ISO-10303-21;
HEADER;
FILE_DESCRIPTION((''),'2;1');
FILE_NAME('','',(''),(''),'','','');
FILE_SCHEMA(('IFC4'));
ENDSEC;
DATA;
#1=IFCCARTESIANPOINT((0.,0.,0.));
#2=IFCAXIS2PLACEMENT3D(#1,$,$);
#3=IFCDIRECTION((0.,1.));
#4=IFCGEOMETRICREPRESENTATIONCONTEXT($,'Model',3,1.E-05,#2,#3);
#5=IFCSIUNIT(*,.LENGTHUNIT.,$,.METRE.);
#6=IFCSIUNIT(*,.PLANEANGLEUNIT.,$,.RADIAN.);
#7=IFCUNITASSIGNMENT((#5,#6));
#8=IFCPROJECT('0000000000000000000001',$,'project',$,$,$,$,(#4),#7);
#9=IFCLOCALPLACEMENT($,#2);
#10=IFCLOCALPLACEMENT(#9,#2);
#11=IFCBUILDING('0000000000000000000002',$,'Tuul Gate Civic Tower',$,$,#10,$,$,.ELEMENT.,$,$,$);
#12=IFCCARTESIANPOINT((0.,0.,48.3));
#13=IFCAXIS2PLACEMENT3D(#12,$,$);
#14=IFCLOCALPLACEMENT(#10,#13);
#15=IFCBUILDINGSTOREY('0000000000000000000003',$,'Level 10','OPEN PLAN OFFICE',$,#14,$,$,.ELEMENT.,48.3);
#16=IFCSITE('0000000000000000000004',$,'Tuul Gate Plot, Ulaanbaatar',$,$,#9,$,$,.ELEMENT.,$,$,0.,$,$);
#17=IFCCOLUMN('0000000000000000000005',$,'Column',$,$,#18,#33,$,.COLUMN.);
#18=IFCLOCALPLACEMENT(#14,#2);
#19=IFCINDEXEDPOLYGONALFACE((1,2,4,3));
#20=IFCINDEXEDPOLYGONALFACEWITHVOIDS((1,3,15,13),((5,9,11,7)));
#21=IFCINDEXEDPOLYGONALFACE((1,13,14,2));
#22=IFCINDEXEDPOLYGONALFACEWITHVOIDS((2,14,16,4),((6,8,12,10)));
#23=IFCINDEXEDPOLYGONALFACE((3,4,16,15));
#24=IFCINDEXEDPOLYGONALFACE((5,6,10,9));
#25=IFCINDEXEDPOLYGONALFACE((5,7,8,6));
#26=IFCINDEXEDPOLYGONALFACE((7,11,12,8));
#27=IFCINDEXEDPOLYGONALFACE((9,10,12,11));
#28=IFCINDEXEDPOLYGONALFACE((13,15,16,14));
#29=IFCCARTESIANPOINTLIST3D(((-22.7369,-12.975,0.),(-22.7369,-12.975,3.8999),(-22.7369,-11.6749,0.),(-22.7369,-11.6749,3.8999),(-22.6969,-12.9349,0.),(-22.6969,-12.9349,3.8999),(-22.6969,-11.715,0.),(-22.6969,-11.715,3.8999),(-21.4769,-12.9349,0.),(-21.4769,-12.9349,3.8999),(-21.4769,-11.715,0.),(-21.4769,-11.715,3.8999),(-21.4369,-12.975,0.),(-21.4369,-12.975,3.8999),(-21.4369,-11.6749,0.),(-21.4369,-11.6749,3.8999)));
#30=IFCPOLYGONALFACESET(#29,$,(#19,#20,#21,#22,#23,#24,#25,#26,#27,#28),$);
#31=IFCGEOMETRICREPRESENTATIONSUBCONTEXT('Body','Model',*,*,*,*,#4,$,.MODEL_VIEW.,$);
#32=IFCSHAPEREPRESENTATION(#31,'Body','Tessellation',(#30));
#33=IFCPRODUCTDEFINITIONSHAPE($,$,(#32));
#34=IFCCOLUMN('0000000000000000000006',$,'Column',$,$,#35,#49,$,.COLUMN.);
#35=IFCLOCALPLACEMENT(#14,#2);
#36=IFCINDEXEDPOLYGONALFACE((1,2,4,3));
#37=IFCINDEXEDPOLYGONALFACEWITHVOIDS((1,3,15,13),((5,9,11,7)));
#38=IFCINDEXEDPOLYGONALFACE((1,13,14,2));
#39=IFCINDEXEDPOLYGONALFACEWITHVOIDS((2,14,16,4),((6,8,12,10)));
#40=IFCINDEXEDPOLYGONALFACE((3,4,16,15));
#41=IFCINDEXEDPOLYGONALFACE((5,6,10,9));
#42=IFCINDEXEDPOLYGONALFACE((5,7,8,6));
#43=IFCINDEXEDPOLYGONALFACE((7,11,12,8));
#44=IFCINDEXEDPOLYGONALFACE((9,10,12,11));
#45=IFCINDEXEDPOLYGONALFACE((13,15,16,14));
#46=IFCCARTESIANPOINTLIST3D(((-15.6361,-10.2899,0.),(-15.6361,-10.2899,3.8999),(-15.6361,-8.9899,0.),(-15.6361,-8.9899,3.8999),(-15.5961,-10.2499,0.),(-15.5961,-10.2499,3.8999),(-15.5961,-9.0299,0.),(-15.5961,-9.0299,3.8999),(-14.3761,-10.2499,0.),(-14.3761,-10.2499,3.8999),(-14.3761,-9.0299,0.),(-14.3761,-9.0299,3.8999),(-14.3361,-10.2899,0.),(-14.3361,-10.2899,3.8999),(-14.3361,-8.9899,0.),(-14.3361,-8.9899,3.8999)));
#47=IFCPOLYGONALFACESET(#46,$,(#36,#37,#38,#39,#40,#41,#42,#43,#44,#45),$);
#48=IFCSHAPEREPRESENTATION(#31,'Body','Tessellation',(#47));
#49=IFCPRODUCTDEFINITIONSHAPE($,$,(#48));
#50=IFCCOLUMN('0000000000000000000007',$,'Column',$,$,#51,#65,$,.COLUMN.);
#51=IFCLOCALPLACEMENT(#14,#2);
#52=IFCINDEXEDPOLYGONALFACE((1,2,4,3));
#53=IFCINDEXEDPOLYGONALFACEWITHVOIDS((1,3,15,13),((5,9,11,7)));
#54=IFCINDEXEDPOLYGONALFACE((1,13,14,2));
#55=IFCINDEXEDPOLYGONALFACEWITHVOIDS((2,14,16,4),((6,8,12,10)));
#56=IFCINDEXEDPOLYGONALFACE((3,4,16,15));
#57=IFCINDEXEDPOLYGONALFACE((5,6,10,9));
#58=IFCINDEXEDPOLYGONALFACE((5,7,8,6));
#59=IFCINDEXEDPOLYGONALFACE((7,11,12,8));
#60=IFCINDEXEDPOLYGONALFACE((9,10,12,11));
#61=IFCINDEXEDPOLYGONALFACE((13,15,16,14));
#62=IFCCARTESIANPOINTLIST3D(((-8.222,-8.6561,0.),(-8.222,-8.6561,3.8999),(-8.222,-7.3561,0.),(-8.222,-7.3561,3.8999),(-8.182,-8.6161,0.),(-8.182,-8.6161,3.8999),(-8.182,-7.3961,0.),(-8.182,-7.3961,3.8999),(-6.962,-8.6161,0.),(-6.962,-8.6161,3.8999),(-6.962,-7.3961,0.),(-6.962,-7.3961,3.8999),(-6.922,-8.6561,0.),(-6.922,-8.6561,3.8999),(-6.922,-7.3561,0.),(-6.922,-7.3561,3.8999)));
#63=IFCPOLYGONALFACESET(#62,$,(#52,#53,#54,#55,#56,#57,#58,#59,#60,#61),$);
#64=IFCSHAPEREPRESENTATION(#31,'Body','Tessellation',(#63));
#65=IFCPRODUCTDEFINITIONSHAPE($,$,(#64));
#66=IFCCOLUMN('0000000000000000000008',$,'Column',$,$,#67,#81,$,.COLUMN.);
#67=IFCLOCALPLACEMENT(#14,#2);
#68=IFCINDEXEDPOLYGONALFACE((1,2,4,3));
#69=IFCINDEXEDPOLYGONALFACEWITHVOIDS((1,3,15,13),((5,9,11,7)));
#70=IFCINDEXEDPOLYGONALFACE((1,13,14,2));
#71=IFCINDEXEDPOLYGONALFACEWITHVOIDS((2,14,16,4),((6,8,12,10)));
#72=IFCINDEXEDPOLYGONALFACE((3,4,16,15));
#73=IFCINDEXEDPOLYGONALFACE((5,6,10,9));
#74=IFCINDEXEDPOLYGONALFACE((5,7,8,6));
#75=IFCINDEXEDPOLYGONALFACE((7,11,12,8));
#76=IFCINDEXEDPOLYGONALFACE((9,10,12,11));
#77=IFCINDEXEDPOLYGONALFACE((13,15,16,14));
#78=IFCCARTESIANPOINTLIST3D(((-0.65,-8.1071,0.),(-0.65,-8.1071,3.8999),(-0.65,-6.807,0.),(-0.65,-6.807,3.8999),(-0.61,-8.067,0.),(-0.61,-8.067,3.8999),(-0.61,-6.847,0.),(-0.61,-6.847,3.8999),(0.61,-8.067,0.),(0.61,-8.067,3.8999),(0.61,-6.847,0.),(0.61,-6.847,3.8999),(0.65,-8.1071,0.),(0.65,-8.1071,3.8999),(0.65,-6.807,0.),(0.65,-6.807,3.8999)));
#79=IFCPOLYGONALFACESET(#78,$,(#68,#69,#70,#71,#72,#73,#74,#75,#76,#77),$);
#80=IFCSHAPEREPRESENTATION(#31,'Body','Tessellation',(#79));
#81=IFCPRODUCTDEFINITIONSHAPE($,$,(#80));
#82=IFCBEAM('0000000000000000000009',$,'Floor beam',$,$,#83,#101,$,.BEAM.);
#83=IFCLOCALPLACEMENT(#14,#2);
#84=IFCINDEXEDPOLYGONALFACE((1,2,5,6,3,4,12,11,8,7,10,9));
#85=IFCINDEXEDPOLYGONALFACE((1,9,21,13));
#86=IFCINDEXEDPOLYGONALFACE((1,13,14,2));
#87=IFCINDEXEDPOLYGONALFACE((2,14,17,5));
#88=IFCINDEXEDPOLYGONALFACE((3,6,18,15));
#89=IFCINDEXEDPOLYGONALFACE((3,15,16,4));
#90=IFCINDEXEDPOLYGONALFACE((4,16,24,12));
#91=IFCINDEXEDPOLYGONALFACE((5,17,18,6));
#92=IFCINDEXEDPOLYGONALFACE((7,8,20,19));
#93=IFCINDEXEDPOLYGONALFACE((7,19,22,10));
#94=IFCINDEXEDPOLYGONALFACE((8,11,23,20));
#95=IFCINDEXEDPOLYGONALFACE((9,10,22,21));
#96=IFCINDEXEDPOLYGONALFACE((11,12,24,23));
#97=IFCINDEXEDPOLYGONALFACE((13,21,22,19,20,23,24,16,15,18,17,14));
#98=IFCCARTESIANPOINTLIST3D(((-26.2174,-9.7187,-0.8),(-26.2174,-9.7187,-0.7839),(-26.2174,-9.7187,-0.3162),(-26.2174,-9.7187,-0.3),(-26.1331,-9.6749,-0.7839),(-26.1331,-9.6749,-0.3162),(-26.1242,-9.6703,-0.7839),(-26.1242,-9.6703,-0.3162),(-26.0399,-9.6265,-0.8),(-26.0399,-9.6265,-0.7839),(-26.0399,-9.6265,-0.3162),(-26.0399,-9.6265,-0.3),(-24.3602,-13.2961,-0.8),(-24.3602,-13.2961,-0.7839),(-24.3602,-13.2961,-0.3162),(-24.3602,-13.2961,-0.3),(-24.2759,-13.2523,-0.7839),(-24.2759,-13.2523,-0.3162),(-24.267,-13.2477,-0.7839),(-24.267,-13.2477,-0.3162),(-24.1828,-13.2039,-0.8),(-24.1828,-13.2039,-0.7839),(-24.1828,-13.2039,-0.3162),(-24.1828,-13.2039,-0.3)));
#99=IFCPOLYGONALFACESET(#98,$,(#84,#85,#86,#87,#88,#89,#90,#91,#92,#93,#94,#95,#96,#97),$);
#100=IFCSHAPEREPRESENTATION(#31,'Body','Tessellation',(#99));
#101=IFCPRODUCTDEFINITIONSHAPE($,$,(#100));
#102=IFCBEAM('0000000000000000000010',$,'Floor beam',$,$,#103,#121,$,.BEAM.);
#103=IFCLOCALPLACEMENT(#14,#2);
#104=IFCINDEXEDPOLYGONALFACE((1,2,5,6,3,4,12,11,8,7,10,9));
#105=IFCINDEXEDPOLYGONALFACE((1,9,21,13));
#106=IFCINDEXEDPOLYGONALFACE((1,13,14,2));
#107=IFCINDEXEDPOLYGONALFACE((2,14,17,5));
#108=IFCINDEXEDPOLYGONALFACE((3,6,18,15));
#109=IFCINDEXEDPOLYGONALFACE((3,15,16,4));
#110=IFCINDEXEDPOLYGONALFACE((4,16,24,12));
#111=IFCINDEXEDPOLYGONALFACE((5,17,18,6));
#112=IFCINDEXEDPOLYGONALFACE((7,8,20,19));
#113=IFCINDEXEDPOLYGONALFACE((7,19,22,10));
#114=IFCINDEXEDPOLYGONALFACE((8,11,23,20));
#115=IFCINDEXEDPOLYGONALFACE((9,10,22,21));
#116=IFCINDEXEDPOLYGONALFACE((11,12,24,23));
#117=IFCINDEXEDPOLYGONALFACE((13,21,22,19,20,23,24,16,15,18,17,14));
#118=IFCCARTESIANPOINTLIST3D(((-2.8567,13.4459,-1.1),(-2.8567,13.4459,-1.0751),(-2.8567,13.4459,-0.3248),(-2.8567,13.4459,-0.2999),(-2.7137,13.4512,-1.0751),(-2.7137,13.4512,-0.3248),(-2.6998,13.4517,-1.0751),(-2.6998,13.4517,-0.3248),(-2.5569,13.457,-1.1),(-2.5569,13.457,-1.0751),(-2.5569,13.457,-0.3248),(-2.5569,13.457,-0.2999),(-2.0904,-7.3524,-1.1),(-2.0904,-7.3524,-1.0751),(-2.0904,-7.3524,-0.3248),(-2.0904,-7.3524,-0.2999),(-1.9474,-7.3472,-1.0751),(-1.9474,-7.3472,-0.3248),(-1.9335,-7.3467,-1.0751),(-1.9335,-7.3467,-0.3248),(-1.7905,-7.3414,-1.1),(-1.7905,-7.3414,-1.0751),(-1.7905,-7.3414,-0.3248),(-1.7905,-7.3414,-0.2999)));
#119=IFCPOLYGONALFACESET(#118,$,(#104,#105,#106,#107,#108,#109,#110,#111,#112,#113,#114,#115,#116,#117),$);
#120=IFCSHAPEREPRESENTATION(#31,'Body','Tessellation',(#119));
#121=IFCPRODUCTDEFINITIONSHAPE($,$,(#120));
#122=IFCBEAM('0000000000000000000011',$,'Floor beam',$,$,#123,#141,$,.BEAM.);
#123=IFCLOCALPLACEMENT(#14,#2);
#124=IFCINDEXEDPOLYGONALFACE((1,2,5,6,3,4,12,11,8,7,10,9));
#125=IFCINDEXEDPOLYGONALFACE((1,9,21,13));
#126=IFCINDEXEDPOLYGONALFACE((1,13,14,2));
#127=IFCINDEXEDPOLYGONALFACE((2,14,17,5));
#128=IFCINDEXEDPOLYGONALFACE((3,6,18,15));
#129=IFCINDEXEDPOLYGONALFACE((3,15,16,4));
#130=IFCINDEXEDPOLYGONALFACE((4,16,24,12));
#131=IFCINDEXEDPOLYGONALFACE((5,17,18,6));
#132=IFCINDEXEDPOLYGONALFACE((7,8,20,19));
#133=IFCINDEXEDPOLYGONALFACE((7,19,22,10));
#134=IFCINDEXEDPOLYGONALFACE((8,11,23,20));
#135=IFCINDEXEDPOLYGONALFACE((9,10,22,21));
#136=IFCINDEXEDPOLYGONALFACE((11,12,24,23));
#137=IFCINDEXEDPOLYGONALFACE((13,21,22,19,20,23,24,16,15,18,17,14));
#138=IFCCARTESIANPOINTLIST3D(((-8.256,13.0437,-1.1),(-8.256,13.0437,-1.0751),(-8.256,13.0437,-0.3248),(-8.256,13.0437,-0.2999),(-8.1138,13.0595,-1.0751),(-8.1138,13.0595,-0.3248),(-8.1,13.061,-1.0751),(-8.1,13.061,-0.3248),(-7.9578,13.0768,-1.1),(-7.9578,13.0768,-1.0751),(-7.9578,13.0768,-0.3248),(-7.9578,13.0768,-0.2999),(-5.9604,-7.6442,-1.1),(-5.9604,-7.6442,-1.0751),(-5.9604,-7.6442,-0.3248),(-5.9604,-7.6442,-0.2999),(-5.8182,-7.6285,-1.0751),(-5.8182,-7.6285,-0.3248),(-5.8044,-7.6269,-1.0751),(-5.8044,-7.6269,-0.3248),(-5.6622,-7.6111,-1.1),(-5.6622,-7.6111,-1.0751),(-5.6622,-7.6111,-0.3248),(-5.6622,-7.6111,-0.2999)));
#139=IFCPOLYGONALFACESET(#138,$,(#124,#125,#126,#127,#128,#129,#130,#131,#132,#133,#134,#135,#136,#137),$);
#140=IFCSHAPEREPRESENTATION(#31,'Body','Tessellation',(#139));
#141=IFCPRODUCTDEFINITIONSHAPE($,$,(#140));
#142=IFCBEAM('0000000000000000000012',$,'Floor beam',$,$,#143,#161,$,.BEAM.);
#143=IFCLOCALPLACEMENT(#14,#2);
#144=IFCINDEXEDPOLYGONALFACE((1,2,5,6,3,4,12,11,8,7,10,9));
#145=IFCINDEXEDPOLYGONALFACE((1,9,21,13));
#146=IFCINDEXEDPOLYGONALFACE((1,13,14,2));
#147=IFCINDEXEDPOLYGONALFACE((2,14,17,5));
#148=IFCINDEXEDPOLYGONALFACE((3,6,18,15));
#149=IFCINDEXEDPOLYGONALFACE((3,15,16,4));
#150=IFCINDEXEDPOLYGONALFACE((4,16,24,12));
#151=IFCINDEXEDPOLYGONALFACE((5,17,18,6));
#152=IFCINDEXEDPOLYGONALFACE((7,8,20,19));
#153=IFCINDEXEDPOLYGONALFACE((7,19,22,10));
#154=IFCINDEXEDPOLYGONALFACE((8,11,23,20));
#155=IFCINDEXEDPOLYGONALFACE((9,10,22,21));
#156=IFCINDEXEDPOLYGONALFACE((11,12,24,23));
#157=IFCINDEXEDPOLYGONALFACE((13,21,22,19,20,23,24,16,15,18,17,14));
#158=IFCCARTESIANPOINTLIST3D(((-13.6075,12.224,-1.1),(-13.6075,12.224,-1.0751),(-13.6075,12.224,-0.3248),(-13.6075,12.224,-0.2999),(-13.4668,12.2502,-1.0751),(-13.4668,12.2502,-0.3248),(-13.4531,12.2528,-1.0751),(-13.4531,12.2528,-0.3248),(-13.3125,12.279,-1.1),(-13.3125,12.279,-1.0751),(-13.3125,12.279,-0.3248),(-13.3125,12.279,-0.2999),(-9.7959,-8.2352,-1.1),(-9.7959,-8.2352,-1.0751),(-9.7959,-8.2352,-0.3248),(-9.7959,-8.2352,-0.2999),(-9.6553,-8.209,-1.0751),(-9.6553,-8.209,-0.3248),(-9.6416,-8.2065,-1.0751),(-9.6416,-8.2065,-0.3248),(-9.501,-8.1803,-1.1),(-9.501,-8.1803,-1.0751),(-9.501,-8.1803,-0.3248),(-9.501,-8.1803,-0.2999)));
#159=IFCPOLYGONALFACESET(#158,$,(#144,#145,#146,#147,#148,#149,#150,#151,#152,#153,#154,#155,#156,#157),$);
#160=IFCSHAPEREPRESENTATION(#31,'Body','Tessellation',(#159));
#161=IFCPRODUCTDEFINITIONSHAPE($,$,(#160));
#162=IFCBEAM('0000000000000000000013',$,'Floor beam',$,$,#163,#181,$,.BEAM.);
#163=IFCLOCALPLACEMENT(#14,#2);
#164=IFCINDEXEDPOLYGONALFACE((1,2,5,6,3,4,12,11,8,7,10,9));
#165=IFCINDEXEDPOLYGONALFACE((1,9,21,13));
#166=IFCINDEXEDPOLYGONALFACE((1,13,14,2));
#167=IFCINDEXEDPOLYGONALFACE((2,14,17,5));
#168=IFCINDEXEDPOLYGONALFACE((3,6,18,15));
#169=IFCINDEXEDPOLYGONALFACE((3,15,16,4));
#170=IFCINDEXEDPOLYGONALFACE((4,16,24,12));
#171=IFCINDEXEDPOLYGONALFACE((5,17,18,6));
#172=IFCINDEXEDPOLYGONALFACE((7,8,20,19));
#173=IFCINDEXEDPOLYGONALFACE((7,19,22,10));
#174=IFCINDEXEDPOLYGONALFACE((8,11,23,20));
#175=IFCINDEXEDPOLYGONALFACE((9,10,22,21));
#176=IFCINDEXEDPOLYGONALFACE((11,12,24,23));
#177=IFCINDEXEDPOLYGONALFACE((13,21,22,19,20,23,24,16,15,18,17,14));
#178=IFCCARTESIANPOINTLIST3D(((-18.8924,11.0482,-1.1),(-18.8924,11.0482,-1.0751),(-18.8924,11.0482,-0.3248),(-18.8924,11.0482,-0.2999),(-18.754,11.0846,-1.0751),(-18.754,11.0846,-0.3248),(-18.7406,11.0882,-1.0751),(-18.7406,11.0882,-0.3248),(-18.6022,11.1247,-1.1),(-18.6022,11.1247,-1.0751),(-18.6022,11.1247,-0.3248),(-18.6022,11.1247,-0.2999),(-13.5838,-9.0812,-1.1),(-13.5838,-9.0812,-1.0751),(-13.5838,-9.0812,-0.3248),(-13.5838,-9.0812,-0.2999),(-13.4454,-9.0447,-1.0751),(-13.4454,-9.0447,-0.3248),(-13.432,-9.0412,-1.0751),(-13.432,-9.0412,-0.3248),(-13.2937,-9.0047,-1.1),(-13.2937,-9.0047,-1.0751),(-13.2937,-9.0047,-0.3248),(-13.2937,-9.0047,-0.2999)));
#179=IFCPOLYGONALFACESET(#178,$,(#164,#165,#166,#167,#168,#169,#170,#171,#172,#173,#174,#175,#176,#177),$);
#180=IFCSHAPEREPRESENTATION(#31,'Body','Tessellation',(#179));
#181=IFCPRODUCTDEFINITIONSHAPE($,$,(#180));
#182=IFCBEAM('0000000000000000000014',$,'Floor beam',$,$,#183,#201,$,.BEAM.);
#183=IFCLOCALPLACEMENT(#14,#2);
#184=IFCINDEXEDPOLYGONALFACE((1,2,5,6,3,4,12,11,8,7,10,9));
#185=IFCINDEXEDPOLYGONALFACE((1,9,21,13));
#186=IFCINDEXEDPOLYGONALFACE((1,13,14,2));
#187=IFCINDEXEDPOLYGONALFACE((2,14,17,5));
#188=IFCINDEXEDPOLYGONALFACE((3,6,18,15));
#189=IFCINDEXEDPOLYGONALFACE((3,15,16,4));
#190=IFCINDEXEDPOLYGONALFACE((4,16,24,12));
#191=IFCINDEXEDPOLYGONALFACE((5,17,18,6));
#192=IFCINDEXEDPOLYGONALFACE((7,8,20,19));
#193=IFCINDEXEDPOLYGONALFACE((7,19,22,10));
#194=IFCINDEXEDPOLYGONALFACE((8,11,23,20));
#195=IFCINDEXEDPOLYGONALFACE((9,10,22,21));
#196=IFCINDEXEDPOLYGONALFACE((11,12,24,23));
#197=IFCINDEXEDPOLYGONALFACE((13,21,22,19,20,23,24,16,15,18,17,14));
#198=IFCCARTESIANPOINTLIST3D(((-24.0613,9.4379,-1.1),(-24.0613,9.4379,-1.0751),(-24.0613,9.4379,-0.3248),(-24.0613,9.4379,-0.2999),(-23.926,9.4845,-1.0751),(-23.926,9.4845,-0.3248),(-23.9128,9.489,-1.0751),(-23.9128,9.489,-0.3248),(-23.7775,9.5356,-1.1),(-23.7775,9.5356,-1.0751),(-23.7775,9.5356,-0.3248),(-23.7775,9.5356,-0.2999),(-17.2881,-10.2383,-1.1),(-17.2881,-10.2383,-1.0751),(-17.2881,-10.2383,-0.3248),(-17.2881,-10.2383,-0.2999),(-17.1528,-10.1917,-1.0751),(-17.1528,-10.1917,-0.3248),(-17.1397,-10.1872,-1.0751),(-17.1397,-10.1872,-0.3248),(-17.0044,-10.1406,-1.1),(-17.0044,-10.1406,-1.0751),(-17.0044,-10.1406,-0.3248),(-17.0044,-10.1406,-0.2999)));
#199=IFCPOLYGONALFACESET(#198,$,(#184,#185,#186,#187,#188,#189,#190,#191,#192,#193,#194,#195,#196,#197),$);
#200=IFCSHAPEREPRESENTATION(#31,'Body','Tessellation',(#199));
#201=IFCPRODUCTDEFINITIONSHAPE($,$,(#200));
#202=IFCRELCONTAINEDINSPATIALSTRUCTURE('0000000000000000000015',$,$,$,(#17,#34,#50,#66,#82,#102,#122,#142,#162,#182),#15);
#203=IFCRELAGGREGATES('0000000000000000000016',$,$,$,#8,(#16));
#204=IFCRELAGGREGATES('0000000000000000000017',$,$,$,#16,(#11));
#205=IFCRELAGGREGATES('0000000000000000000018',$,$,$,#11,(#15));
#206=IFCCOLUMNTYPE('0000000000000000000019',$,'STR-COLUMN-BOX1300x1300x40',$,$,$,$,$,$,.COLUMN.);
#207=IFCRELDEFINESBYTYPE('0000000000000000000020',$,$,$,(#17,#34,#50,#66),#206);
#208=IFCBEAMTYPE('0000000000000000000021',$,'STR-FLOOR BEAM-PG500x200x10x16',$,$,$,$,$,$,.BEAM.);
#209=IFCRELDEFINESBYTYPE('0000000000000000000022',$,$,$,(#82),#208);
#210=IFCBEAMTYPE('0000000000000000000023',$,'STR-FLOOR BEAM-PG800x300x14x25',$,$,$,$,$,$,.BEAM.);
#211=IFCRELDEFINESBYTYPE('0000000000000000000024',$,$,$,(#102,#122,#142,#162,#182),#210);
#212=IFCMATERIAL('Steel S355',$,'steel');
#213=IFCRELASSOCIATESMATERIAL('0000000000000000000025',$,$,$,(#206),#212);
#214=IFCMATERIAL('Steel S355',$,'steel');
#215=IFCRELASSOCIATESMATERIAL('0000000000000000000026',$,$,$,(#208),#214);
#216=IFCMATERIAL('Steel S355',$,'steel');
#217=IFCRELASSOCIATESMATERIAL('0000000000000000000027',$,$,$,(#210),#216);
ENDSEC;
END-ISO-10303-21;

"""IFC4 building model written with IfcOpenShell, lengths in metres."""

from ifc_helpers import new_model, si_unit, direction, frame, origin, origin_2d, place, context, subcontext, project, spatial, hollow_rectangle, i_section, extrude, material, material_profile, profile_set, type_object, element, save


model = new_model("IFC4")

# Units and contexts
model_context = context("Model", 3, precision=1e-05, world=origin(), true_north=direction((0.0, 1.0)))
body_context = subcontext(model_context, "Body", "Model", "MODEL_VIEW")
ifc_project = project(units=[si_unit("LENGTHUNIT", "METRE"), si_unit("PLANEANGLEUNIT", "RADIAN")], contexts=[model_context])

# Site, building, storey
site_placement = place(None, origin())
site = spatial("IfcSite", under=ifc_project, at=site_placement, Name="Tuul Gate Plot, Ulaanbaatar", CompositionType="ELEMENT", RefElevation=0.0)
building_placement = place(site_placement, origin())
building = spatial("IfcBuilding", under=site, at=building_placement, Name="Tuul Gate Civic Tower", CompositionType="ELEMENT")
storey_placement = place(building_placement, frame((0.0, 0.0, 48.3)))
storey = spatial("IfcBuildingStorey", under=building, at=storey_placement, Name="Level 10", Description="OPEN PLAN OFFICE", CompositionType="ELEMENT", Elevation=48.3)

# Columns
ifc_material_1 = material(Name="Steel S355", Category="steel")
ifc_material_profile_1 = material_profile(ifc_material_1, hollow_rectangle(XDim=1.3, YDim=1.3, WallThickness=0.04, at=origin_2d()), Name="BOX1300x1300x40")
ifc_profile_set_1 = profile_set([ifc_material_profile_1], Name="Steel S355")
column_type = type_object("IfcColumnType", Name="STR-COLUMN-BOX1300x1300x40", PredefinedType="COLUMN", material=ifc_profile_set_1)
for number, where, z_axis, x_axis, name in (
    (1, (-22.0869, -12.325, 0.0), (0.0, 0.0, 1.0), (1.0, 0.0, 0.0), "Column"),
    (2, (-14.9861, -9.6399, 0.0), (0.0, 0.0, 1.0), (1.0, 0.0, 0.0), "Column"),
    (3, (-7.572, -8.0061, 0.0), (0.0, 0.0, 1.0), (1.0, 0.0, 0.0), "Column"),
    (4, (0.0, -7.457, 0.0), (0.0, 0.0, 1.0), (1.0, 0.0, 0.0), "Column"),
):
    element("IfcColumn", number, at=place(storey_placement, frame(where, z_axis=z_axis, x_axis=x_axis)), inside=storey, type_object=column_type, Name=name, PredefinedType="COLUMN", context=body_context, shape_type="SweptSolid", body=[
        extrude(hollow_rectangle(XDim=1.3, YDim=1.3, WallThickness=0.04, at=origin_2d()), origin(), (0.0, 0.0, 1.0), 3.8999),
    ])

# Beams
ifc_material_2 = material(Name="Steel S355", Category="steel")
ifc_material_profile_2 = material_profile(ifc_material_2, i_section(OverallWidth=0.2, OverallDepth=0.5, WebThickness=0.01, FlangeThickness=0.0161, at=origin_2d()), Name="PG500x200x10x16")
ifc_profile_set_2 = profile_set([ifc_material_profile_2], Name="Steel S355")
beam_type_1 = type_object("IfcBeamType", Name="STR-FLOOR BEAM-PG500x200x10x16", PredefinedType="BEAM", material=ifc_profile_set_2)
beam_1_placement = place(storey_placement, frame((-24.2715, -13.25, -0.55), z_axis=(-0.460754, 0.887528, 0.0), x_axis=(-0.887528, -0.460754, 0.0)))
element("IfcBeam", 5, at=beam_1_placement, inside=storey, type_object=beam_type_1, Name="Floor beam", PredefinedType="BEAM", context=body_context, shape_type="SweptSolid", body=[
    extrude(i_section(OverallWidth=0.2, OverallDepth=0.5, WebThickness=0.01, FlangeThickness=0.0161, at=origin_2d()), origin(), (0.0, 0.0, 1.0), 4.0308),
])
ifc_material_3 = material(Name="Steel S355", Category="steel")
ifc_material_profile_3 = material_profile(ifc_material_3, i_section(OverallWidth=0.3, OverallDepth=0.8, WebThickness=0.0139, FlangeThickness=0.0249, at=origin_2d()), Name="PG800x300x14x25")
ifc_profile_set_3 = profile_set([ifc_material_profile_3], Name="Steel S355")
beam_type_2 = type_object("IfcBeamType", Name="STR-FLOOR BEAM-PG800x300x14x25", PredefinedType="BEAM", material=ifc_profile_set_3)
beam_2_placement = place(storey_placement, frame((-1.9404, -7.3469, -0.7), z_axis=(-0.036822, 0.999322, 0.0), x_axis=(-0.999322, -0.036822, 0.0)))
element("IfcBeam", 6, at=beam_2_placement, inside=storey, type_object=beam_type_2, Name="Floor beam", PredefinedType="BEAM", context=body_context, shape_type="SweptSolid", body=[
    extrude(i_section(OverallWidth=0.3, OverallDepth=0.8, WebThickness=0.0139, FlangeThickness=0.0249, at=origin_2d()), origin(), (0.0, 0.0, 1.0), 20.8125),
])
beam_3_placement = place(storey_placement, frame((-5.8113, -7.6277, -0.7), z_axis=(-0.110289, 0.9939, 0.0), x_axis=(-0.9939, -0.110289, 0.0)))
element("IfcBeam", 7, at=beam_3_placement, inside=storey, type_object=beam_type_2, Name="Floor beam", PredefinedType="BEAM", context=body_context, shape_type="SweptSolid", body=[
    extrude(i_section(OverallWidth=0.3, OverallDepth=0.8, WebThickness=0.0139, FlangeThickness=0.0249, at=origin_2d()), origin(), (0.0, 0.0, 1.0), 20.8149),
])
beam_4_placement = place(storey_placement, frame((-9.6484, -8.2078, -0.7), z_axis=(-0.183147, 0.983085, 0.0), x_axis=(-0.983085, -0.183147, 0.0)))
element("IfcBeam", 8, at=beam_4_placement, inside=storey, type_object=beam_type_2, Name="Floor beam", PredefinedType="BEAM", context=body_context, shape_type="SweptSolid", body=[
    extrude(i_section(OverallWidth=0.3, OverallDepth=0.8, WebThickness=0.0139, FlangeThickness=0.0249, at=origin_2d()), origin(), (0.0, 0.0, 1.0), 20.8113),
])
beam_5_placement = place(storey_placement, frame((-13.4387, -9.043, -0.7), z_axis=(-0.255005, 0.96694, 0.0), x_axis=(-0.96694, -0.255005, 0.0)))
element("IfcBeam", 9, at=beam_5_placement, inside=storey, type_object=beam_type_2, Name="Floor beam", PredefinedType="BEAM", context=body_context, shape_type="SweptSolid", body=[
    extrude(i_section(OverallWidth=0.3, OverallDepth=0.8, WebThickness=0.0139, FlangeThickness=0.0249, at=origin_2d()), origin(), (0.0, 0.0, 1.0), 20.8176),
])
beam_6_placement = place(storey_placement, frame((-17.1462, -10.1895, -0.7), z_axis=(-0.325487, 0.945547, 0.0), x_axis=(-0.945547, -0.325487, 0.0)))
element("IfcBeam", 10, at=beam_6_placement, inside=storey, type_object=beam_type_2, Name="Floor beam", PredefinedType="BEAM", context=body_context, shape_type="SweptSolid", body=[
    extrude(i_section(OverallWidth=0.3, OverallDepth=0.8, WebThickness=0.0139, FlangeThickness=0.0249, at=origin_2d()), origin(), (0.0, 0.0, 1.0), 20.8093),
])

save(model, "model.ifc")
